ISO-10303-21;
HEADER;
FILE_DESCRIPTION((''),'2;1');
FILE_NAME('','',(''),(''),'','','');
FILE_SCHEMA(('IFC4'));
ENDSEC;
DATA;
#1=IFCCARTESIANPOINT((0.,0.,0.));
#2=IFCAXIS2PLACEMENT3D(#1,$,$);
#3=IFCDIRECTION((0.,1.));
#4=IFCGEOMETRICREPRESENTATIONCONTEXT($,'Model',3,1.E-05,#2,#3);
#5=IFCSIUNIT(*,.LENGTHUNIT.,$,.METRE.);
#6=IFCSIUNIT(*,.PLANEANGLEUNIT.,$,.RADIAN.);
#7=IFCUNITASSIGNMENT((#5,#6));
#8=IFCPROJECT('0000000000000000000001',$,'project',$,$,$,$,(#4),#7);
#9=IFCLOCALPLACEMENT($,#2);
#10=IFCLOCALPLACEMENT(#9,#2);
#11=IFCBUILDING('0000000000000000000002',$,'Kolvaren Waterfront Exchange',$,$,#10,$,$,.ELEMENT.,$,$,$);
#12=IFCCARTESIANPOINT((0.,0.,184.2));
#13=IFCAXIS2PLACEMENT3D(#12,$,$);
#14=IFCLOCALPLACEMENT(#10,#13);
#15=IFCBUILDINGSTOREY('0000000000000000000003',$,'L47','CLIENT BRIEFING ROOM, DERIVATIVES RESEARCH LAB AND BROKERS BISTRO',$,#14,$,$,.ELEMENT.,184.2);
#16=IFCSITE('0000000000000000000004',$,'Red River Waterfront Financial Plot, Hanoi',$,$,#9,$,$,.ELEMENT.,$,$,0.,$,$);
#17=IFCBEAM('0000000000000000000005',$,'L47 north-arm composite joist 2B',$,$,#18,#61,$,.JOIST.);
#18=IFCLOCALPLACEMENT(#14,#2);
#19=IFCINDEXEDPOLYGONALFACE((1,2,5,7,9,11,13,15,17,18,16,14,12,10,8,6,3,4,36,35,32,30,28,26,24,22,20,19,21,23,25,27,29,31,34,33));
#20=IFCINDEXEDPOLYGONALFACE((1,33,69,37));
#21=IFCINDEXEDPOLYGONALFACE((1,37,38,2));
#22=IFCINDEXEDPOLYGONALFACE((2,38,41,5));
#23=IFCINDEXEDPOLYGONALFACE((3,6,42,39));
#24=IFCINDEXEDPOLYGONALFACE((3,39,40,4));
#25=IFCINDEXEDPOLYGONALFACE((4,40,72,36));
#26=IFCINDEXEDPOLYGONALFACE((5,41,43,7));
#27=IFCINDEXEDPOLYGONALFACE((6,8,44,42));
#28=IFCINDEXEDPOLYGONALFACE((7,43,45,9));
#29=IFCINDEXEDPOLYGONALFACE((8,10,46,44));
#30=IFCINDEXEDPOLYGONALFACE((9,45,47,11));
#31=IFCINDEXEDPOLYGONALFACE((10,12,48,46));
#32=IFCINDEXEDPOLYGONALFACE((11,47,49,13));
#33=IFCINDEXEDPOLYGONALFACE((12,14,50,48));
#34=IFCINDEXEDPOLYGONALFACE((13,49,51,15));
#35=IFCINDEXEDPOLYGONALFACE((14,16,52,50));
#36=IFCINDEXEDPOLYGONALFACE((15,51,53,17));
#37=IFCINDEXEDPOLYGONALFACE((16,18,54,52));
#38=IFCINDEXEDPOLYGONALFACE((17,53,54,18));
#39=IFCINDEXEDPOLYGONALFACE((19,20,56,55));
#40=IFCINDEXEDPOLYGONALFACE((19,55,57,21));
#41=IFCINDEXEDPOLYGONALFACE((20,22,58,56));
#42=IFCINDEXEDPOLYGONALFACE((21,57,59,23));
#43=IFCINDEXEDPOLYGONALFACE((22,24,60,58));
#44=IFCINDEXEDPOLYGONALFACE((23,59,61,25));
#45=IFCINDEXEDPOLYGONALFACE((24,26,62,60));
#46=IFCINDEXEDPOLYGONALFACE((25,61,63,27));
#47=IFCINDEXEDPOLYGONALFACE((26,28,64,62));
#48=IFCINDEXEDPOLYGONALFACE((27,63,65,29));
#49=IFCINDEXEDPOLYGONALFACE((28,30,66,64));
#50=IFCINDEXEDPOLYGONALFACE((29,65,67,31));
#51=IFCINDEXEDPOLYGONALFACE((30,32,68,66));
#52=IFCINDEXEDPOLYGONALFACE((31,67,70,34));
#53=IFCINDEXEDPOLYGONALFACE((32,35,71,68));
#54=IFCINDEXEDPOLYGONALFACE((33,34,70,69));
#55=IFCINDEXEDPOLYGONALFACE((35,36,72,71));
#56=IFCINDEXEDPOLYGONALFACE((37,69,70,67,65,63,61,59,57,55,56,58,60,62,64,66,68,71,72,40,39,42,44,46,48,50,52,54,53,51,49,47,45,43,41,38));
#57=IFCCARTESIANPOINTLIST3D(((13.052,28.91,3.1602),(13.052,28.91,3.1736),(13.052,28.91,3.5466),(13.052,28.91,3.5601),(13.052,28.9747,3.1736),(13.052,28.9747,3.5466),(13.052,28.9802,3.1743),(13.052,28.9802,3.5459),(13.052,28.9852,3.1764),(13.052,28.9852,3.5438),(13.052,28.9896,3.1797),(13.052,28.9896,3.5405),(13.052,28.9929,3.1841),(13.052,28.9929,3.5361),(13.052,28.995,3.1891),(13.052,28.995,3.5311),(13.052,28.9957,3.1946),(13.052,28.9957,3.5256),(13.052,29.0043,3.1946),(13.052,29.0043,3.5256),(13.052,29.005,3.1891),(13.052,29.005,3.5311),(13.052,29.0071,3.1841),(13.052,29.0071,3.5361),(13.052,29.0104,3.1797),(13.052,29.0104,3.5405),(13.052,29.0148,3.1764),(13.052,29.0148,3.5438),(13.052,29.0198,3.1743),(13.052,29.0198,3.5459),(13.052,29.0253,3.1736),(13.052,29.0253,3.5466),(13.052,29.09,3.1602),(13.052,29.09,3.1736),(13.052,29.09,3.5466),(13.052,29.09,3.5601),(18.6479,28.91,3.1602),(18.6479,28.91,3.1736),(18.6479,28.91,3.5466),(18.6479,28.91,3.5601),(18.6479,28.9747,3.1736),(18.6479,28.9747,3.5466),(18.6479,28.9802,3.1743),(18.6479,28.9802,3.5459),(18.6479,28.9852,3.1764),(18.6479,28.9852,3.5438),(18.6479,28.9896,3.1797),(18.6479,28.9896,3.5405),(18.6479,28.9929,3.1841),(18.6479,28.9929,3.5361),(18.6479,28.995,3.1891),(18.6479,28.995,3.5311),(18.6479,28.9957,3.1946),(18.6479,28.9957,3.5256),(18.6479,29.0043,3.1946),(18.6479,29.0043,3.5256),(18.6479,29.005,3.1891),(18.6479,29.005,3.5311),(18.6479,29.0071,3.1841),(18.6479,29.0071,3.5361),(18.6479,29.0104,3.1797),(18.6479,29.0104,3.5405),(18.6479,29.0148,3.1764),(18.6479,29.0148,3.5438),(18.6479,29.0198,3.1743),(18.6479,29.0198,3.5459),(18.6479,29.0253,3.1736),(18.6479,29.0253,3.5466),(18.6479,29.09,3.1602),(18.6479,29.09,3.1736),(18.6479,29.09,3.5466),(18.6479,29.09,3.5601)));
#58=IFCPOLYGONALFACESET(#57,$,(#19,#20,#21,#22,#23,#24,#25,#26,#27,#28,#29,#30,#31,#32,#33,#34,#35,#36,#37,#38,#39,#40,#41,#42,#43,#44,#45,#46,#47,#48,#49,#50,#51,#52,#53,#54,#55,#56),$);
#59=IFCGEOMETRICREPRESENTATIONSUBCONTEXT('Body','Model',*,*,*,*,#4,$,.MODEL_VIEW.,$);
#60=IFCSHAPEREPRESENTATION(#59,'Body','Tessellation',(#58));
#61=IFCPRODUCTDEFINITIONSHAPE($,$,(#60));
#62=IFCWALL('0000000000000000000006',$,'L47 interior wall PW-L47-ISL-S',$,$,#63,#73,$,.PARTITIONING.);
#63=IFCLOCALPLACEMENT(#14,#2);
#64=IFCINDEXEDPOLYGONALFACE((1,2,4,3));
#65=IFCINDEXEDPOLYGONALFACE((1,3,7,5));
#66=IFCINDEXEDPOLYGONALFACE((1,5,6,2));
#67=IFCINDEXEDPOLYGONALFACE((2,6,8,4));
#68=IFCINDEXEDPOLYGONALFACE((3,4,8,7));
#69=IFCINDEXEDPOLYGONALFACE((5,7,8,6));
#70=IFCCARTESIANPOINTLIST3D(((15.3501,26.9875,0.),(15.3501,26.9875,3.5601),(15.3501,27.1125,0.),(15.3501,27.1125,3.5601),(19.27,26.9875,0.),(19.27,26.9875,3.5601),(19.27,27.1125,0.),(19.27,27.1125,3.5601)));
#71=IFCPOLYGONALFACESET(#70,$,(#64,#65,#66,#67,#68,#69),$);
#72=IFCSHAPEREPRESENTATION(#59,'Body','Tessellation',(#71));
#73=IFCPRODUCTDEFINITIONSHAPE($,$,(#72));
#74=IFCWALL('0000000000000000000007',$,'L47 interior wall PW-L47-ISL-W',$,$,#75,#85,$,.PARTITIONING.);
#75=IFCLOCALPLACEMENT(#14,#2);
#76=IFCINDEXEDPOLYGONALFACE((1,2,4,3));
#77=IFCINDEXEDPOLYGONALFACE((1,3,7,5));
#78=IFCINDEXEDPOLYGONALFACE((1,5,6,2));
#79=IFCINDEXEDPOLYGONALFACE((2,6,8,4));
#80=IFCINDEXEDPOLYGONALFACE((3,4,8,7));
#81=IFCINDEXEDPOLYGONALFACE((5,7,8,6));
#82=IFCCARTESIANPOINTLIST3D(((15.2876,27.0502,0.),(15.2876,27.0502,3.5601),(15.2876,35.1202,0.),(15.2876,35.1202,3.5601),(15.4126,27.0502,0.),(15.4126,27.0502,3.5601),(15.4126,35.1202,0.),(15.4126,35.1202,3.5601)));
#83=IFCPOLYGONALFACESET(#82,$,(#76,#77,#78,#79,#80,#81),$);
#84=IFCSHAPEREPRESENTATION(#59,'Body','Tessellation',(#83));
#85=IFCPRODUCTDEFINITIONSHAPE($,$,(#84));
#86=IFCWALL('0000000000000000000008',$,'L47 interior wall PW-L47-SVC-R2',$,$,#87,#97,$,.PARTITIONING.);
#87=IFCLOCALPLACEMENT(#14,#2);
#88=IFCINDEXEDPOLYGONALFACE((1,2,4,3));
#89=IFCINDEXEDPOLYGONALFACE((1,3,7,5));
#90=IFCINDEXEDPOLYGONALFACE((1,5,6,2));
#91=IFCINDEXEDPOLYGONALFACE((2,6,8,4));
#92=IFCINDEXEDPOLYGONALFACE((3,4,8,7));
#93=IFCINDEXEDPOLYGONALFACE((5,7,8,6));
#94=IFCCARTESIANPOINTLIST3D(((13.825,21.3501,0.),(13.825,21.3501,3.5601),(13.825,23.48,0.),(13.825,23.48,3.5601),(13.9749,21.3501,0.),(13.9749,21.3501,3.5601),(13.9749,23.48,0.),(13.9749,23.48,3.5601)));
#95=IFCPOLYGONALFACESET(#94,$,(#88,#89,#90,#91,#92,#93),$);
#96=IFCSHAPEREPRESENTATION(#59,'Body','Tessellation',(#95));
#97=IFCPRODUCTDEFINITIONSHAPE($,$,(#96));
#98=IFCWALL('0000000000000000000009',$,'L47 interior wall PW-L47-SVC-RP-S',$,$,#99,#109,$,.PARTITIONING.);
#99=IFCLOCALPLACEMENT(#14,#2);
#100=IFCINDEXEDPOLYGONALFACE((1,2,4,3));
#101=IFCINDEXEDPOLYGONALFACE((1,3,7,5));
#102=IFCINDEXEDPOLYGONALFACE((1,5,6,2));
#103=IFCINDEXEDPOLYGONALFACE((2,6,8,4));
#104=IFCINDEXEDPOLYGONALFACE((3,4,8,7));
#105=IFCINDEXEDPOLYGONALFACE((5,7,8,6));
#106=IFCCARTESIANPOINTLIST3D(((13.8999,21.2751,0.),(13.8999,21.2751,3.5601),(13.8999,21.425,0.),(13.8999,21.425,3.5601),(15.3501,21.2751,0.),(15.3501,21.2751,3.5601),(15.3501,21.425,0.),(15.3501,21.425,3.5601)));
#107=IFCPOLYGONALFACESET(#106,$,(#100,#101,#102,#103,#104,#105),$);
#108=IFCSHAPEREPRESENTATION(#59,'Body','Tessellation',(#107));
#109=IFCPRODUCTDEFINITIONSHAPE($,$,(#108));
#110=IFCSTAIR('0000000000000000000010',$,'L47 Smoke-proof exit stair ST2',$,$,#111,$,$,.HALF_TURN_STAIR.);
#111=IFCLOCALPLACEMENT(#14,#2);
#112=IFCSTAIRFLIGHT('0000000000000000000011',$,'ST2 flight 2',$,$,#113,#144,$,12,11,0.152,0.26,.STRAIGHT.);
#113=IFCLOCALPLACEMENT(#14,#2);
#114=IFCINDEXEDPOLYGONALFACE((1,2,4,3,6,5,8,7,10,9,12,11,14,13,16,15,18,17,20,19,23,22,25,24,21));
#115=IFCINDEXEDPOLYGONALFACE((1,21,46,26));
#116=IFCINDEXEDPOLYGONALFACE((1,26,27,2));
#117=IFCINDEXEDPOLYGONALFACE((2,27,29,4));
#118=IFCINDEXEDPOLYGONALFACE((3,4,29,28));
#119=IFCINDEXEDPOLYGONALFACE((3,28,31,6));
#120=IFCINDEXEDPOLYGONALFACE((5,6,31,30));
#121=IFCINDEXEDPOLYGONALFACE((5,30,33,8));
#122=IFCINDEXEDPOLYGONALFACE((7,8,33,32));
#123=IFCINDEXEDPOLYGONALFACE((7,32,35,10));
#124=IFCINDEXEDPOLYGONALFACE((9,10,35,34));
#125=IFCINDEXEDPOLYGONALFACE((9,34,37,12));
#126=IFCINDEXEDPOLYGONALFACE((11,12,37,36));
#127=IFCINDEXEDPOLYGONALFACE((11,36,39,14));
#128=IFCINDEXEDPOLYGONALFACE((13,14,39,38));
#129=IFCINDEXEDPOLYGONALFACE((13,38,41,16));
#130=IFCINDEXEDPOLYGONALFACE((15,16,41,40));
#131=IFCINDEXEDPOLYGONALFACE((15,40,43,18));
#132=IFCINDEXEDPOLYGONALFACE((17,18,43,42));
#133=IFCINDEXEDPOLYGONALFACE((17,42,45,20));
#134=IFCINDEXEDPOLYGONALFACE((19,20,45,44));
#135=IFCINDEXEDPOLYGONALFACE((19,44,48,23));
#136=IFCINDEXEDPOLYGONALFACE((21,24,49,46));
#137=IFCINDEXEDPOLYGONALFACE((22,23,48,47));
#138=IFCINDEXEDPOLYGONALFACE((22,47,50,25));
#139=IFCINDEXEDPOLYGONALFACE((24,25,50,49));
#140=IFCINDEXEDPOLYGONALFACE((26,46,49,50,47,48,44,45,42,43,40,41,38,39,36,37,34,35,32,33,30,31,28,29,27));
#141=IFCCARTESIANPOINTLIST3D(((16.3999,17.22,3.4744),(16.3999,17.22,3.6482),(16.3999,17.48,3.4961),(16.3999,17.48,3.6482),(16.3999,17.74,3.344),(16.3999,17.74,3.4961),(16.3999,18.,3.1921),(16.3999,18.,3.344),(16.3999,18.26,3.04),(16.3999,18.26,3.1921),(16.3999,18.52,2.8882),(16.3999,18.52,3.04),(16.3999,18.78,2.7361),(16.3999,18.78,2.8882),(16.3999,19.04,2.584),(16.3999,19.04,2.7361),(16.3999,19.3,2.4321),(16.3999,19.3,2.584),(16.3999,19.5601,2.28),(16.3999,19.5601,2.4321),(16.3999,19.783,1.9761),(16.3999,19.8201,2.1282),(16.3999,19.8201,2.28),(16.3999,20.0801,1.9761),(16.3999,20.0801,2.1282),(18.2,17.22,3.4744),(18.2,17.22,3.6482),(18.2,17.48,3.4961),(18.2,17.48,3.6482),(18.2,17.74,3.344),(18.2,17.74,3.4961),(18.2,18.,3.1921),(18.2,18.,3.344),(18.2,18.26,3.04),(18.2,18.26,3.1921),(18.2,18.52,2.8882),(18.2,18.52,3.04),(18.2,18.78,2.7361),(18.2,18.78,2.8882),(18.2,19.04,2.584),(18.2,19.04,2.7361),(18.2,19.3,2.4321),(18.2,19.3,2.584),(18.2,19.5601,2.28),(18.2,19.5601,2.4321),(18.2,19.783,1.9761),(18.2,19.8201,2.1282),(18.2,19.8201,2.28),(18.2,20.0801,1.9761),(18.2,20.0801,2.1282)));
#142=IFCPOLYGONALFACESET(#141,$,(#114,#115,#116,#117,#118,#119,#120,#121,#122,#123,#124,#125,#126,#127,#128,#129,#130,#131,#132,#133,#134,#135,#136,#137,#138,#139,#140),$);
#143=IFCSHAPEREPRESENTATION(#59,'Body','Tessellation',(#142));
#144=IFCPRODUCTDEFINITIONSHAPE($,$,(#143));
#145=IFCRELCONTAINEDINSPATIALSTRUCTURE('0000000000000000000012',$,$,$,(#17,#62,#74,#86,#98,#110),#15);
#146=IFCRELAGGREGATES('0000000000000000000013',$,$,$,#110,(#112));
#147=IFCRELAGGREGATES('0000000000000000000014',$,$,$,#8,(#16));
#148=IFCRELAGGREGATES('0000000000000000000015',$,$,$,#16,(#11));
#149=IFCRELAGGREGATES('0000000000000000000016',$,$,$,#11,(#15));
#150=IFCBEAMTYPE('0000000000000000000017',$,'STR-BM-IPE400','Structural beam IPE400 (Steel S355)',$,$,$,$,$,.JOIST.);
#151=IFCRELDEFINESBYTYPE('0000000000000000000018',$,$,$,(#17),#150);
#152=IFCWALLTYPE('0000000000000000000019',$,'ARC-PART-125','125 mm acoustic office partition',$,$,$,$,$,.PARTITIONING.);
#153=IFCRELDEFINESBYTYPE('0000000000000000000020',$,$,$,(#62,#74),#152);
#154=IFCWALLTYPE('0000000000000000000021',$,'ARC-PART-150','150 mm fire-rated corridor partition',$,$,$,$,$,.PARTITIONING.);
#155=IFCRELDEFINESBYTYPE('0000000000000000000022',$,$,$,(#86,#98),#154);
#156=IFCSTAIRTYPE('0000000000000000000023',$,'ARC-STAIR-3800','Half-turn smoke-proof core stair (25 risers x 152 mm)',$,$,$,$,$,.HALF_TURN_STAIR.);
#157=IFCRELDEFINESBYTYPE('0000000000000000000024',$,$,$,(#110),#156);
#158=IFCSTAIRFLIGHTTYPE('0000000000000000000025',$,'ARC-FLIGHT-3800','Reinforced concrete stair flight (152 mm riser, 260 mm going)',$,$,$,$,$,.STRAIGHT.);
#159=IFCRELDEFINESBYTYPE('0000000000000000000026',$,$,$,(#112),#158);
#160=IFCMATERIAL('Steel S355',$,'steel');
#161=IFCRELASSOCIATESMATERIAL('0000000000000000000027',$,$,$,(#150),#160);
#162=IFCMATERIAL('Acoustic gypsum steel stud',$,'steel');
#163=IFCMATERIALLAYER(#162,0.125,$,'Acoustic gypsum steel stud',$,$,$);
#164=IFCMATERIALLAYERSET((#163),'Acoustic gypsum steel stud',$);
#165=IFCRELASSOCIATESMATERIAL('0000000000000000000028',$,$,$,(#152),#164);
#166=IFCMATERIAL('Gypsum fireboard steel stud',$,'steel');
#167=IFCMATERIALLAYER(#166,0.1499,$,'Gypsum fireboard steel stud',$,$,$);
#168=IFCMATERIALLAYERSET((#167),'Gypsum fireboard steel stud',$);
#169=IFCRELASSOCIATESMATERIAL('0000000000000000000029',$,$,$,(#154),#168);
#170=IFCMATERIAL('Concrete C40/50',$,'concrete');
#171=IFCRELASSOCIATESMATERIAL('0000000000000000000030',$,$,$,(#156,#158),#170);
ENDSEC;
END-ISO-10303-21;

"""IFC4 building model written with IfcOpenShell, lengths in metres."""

from ifc_helpers import new_model, si_unit, direction, frame, frame_2d, origin, origin_2d, place, context, subcontext, project, spatial, polyline, rectangle, i_section, outline, extrude, material, layer, layer_set, material_profile, profile_set, type_object, element, aggregate, save


model = new_model("IFC4")

# Units and contexts
model_context = context("Model", 3, precision=1e-05, world=origin(), true_north=direction((0.0, 1.0)))
body_context = subcontext(model_context, "Body", "Model", "MODEL_VIEW")
ifc_project = project(units=[si_unit("LENGTHUNIT", "METRE"), si_unit("PLANEANGLEUNIT", "RADIAN")], contexts=[model_context])

# Site, building, storey
site_placement = place(None, origin())
site = spatial("IfcSite", under=ifc_project, at=site_placement, Name="Red River Waterfront Financial Plot, Hanoi", CompositionType="ELEMENT", RefElevation=0.0)
building_placement = place(site_placement, origin())
building = spatial("IfcBuilding", under=site, at=building_placement, Name="Kolvaren Waterfront Exchange", CompositionType="ELEMENT")
storey_placement = place(building_placement, frame((0.0, 0.0, 184.2)))
storey = spatial("IfcBuildingStorey", under=building, at=storey_placement, Name="L47", Description="CLIENT BRIEFING ROOM, DERIVATIVES RESEARCH LAB AND BROKERS BISTRO", CompositionType="ELEMENT", Elevation=184.2)

# Beam
ifc_material_1 = material(Name="Steel S355", Category="steel")
ifc_material_profile_1 = material_profile(ifc_material_1, i_section(OverallWidth=0.1799, OverallDepth=0.3999, WebThickness=0.0085, FlangeThickness=0.0134, FilletRadius=0.021, at=origin_2d()), Name="IPE400")
ifc_profile_set_1 = profile_set([ifc_material_profile_1], Name="Steel S355")
beam_type_1 = type_object("IfcBeamType", Name="STR-BM-IPE400", Description="Structural beam IPE400 (Steel S355)", PredefinedType="JOIST", material=ifc_profile_set_1)
for number, where, z_axis, x_axis, name in (
    (1, (13.052, 29.0, 3.3601), (1.0, 0.0, 0.0), (0.0, 1.0, 0.0), "L47 north-arm composite joist 2B"),
):
    element("IfcBeam", number, at=place(storey_placement, frame(where, z_axis=z_axis, x_axis=x_axis)), inside=storey, type_object=beam_type_1, Name=name, PredefinedType="JOIST", context=body_context, shape_type="SweptSolid", body=[
        extrude(i_section(OverallWidth=0.1799, OverallDepth=0.3999, WebThickness=0.0085, FlangeThickness=0.0134, FilletRadius=0.021, at=origin_2d()), origin(), (0.0, 0.0, 1.0), 5.5959),
    ])

# Walls
ifc_material_2 = material(Name="Acoustic gypsum steel stud", Category="steel")
ifc_layer_1 = layer(ifc_material_2, 0.125, Name="Acoustic gypsum steel stud")
ifc_layer_set_1 = layer_set([ifc_layer_1], Name="Acoustic gypsum steel stud")
wall_type_1 = type_object("IfcWallType", Name="ARC-PART-125", Description="125 mm acoustic office partition", PredefinedType="PARTITIONING", material=ifc_layer_set_1)
wall_1_placement = place(storey_placement, frame((15.3501, 27.05, 0.0), z_axis=(0.0, 0.0, 1.0), x_axis=(1.0, 0.0, 0.0)))
element("IfcWall", 2, at=wall_1_placement, inside=storey, type_object=wall_type_1, Name="L47 interior wall PW-L47-ISL-S", PredefinedType="PARTITIONING", context=body_context, shape_type="SweptSolid", body=[
    extrude(rectangle(XDim=3.9199, YDim=0.125, at=frame_2d((1.96, 0.0))), origin(), (0.0, 0.0, 1.0), 3.5601),
])
wall_2_placement = place(storey_placement, frame((15.3501, 27.05, 0.0), z_axis=(0.0, 0.0, 1.0), x_axis=(0.0, 1.0, 0.0)))
element("IfcWall", 3, at=wall_2_placement, inside=storey, type_object=wall_type_1, Name="L47 interior wall PW-L47-ISL-W", PredefinedType="PARTITIONING", context=body_context, shape_type="SweptSolid", body=[
    extrude(rectangle(XDim=8.0701, YDim=0.125, at=frame_2d((4.0352, 0.0))), origin(), (0.0, 0.0, 1.0), 3.5601),
])
ifc_material_3 = material(Name="Gypsum fireboard steel stud", Category="steel")
ifc_layer_2 = layer(ifc_material_3, 0.1499, Name="Gypsum fireboard steel stud")
ifc_layer_set_2 = layer_set([ifc_layer_2], Name="Gypsum fireboard steel stud")
wall_type_2 = type_object("IfcWallType", Name="ARC-PART-150", Description="150 mm fire-rated corridor partition", PredefinedType="PARTITIONING", material=ifc_layer_set_2)
wall_3_placement = place(storey_placement, frame((13.8999, 21.3501, 0.0), z_axis=(0.0, 0.0, 1.0), x_axis=(0.0, 1.0, 0.0)))
element("IfcWall", 4, at=wall_3_placement, inside=storey, type_object=wall_type_2, Name="L47 interior wall PW-L47-SVC-R2", PredefinedType="PARTITIONING", context=body_context, shape_type="SweptSolid", body=[
    extrude(rectangle(XDim=2.1299, YDim=0.1499, at=frame_2d((1.0649, 0.0))), origin(), (0.0, 0.0, 1.0), 3.5601),
])
wall_4_placement = place(storey_placement, frame((13.8999, 21.3501, 0.0), z_axis=(0.0, 0.0, 1.0), x_axis=(1.0, 0.0, 0.0)))
element("IfcWall", 5, at=wall_4_placement, inside=storey, type_object=wall_type_2, Name="L47 interior wall PW-L47-SVC-RP-S", PredefinedType="PARTITIONING", context=body_context, shape_type="SweptSolid", body=[
    extrude(rectangle(XDim=1.4502, YDim=0.1499, at=frame_2d((0.7251, 0.0))), origin(), (0.0, 0.0, 1.0), 3.5601),
])

# Stair, stair flight
ifc_material_4 = material(Name="Concrete C40/50", Category="concrete")
stair_type = type_object("IfcStairType", Name="ARC-STAIR-3800", Description="Half-turn smoke-proof core stair (25 risers x 152 mm)", PredefinedType="HALF_TURN_STAIR", material=ifc_material_4)
stair_placement = place(storey_placement, origin())
stair = element("IfcStair", 6, at=stair_placement, inside=storey, type_object=stair_type, Name="L47 Smoke-proof exit stair ST2", PredefinedType="HALF_TURN_STAIR")
stair_flight_type = type_object("IfcStairFlightType", Name="ARC-FLIGHT-3800", Description="Reinforced concrete stair flight (152 mm riser, 260 mm going)", PredefinedType="STRAIGHT", material=ifc_material_4)
stair_flight_placement = place(storey_placement, frame((17.3, 20.0801, 1.9761), z_axis=(0.0, 0.0, 1.0), x_axis=(0.0, -1.0, 0.0)))
stair_flight = element("IfcStairFlight", 7, at=stair_flight_placement, type_object=stair_flight_type, Name="ST2 flight 2", NumberOfRisers=12, NumberOfTreads=11, PredefinedType="STRAIGHT", RiserHeight=0.152, TreadLength=0.26, context=body_context, shape_type="SweptSolid", body=[
    extrude(outline(polyline([(0.0, 0.0), (0.0, 0.1521), (0.26, 0.1521), (0.26, 0.304), (0.52, 0.304), (0.52, 0.4561), (0.78, 0.4561), (0.78, 0.6079), (1.04, 0.6079), (1.04, 0.76), (1.3, 0.76), (1.3, 0.9121), (1.5601, 0.9121), (1.5601, 1.064), (1.8201, 1.064), (1.8201, 1.2161), (2.0801, 1.2161), (2.0801, 1.3679), (2.3401, 1.3679), (2.3401, 1.52), (2.6001, 1.52), (2.6001, 1.6721), (2.8601, 1.6721), (2.8601, 1.824), (2.8601, 1.4983), (0.2971, 0.0), (0.0, 0.0)])), frame((0.0, 0.8999, 0.0), z_axis=(0.0, -1.0, 0.0), x_axis=(1.0, 0.0, 0.0)), (0.0, 0.0, 1.0), 1.8),
])
aggregate(stair, [stair_flight])

save(model, "model.ifc")
